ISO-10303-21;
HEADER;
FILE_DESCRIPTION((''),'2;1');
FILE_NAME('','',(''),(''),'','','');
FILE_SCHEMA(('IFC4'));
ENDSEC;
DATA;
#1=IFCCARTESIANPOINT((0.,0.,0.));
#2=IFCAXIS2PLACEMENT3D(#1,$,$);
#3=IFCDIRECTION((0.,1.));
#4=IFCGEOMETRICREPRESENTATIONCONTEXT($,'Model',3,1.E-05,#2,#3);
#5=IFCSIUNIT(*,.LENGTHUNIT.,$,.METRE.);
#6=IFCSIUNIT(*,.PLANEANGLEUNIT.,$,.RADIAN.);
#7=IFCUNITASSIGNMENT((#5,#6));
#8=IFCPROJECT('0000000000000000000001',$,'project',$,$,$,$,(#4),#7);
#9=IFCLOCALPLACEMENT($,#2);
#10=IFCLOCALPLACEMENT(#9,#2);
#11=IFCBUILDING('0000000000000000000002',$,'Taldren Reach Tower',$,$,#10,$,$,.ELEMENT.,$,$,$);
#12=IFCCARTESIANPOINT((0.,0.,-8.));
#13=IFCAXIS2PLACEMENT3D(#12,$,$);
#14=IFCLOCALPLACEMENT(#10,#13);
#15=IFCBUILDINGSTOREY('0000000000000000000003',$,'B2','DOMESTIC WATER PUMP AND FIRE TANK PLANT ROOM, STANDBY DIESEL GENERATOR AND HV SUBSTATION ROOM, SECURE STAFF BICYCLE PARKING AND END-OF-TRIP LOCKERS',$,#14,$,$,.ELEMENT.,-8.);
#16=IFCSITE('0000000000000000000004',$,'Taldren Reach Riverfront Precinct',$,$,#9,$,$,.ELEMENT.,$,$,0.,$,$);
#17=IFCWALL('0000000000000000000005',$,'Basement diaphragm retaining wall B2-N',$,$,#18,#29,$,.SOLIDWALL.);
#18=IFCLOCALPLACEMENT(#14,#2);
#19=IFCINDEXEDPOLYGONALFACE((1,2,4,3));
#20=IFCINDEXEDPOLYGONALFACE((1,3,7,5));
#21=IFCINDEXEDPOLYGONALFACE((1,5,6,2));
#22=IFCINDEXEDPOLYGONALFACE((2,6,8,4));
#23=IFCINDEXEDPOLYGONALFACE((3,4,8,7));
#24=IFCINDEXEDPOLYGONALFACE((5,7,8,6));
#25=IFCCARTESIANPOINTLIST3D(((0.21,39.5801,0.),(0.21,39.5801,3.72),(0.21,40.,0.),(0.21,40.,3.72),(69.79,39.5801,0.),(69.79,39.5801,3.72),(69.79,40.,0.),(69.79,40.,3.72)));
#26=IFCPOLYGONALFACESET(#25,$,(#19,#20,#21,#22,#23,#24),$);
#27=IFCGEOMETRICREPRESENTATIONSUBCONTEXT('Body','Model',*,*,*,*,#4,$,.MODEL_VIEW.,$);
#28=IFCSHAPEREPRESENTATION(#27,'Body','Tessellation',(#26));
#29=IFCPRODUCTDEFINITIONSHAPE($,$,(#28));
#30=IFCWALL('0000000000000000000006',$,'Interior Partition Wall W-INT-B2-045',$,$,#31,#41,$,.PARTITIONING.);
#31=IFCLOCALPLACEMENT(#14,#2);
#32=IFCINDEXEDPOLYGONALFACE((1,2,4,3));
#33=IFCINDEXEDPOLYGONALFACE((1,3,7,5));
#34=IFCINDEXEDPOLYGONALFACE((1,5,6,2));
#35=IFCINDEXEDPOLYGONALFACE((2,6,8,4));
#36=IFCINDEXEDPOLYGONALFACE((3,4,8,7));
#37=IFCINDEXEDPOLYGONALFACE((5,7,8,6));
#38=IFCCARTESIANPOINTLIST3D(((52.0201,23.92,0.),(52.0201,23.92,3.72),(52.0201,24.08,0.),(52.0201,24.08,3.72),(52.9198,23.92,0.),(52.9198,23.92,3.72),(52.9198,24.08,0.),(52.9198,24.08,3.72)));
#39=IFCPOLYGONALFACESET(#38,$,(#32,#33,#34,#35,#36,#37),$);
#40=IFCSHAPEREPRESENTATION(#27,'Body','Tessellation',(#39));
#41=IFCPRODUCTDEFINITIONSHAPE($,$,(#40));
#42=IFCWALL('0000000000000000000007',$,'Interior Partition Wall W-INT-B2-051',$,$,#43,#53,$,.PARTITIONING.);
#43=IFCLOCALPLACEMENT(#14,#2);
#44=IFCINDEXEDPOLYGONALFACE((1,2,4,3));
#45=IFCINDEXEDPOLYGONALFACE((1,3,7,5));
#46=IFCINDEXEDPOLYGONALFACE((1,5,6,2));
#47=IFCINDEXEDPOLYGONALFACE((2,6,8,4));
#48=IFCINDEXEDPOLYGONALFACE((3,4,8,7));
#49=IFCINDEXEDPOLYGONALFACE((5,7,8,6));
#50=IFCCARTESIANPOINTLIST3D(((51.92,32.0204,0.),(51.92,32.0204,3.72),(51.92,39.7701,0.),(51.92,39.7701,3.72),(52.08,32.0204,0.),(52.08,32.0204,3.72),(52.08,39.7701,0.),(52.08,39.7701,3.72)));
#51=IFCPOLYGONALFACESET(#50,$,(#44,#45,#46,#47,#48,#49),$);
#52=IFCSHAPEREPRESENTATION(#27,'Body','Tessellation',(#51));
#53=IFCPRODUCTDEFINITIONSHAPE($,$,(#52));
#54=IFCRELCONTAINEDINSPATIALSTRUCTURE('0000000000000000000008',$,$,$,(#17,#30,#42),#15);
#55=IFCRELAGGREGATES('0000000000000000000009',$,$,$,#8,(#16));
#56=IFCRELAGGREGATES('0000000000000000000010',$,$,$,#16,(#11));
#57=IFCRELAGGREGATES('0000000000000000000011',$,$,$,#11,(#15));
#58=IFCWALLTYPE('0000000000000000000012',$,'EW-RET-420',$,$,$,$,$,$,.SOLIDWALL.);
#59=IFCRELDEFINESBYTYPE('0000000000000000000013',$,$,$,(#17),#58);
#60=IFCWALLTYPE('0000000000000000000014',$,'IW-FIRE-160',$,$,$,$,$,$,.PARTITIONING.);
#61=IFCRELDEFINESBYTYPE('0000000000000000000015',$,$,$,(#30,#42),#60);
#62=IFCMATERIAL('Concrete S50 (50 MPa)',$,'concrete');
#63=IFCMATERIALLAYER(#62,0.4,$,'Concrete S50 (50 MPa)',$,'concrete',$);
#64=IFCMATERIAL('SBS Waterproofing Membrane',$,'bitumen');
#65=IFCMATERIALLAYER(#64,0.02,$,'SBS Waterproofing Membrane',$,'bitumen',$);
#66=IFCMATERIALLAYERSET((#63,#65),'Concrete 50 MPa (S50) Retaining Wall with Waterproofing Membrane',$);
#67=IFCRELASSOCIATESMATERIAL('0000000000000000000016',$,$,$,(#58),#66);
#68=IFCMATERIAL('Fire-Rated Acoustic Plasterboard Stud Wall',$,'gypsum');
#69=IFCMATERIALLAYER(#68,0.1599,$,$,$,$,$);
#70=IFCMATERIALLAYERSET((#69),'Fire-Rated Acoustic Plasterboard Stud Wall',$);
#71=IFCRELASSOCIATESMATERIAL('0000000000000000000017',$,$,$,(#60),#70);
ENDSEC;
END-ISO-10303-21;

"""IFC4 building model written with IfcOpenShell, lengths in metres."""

from ifc_helpers import new_model, si_unit, direction, frame, frame_2d, origin, place, context, subcontext, project, spatial, rectangle, extrude, source, transform, mapped, material, layer, layer_set, type_object, element, save


model = new_model("IFC4")

# Units and contexts
model_context = context("Model", 3, precision=1e-05, world=origin(), true_north=direction((0.0, 1.0)))
body_context = subcontext(model_context, "Body", "Model", "MODEL_VIEW")
ifc_project = project(units=[si_unit("LENGTHUNIT", "METRE"), si_unit("PLANEANGLEUNIT", "RADIAN")], contexts=[model_context])

# Site, building, storey
site_placement = place(None, origin())
site = spatial("IfcSite", under=ifc_project, at=site_placement, Name="Taldren Reach Riverfront Precinct", CompositionType="ELEMENT", RefElevation=0.0)
building_placement = place(site_placement, origin())
building = spatial("IfcBuilding", under=site, at=building_placement, Name="Taldren Reach Tower", CompositionType="ELEMENT")
storey_placement = place(building_placement, frame((0.0, 0.0, -8.0)))
storey = spatial("IfcBuildingStorey", under=building, at=storey_placement, Name="B2", Description="DOMESTIC WATER PUMP AND FIRE TANK PLANT ROOM, STANDBY DIESEL GENERATOR AND HV SUBSTATION ROOM, SECURE STAFF BICYCLE PARKING AND END-OF-TRIP LOCKERS", CompositionType="ELEMENT", Elevation=-8.0)

# Shared definitions
ifc_material_1 = material(Name="Concrete S50 (50 MPa)", Category="concrete")

# Walls
ifc_layer_1 = layer(ifc_material_1, 0.4, Name="Concrete S50 (50 MPa)", Category="concrete")
ifc_material_2 = material(Name="SBS Waterproofing Membrane", Category="bitumen")
ifc_layer_2 = layer(ifc_material_2, 0.02, Name="SBS Waterproofing Membrane", Category="bitumen")
ifc_layer_set_1 = layer_set([ifc_layer_1, ifc_layer_2], Name="Concrete 50 MPa (S50) Retaining Wall with Waterproofing Membrane")
wall_type_1 = type_object("IfcWallType", Name="EW-RET-420", PredefinedType="SOLIDWALL", material=ifc_layer_set_1)
shared_shape_1 = source(origin(), body_context, "Body", "SweptSolid", [
    extrude(rectangle(XDim=69.5801, YDim=0.4199, at=frame_2d((34.79, 0.0))), origin(), (0.0, 0.0, 1.0), 3.72),
])
wall_1_placement = place(storey_placement, frame((69.79, 39.79, 0.0), z_axis=(0.0, 0.0, 1.0), x_axis=(-1.0, 0.0, 0.0)))
element("IfcWall", 1, at=wall_1_placement, inside=storey, type_object=wall_type_1, Name="Basement diaphragm retaining wall B2-N", PredefinedType="SOLIDWALL", context=body_context, shape_type="MappedRepresentation", body=[
    mapped(shared_shape_1, transform((0.0, 0.0, 0.0), scale=1.0)),
])
ifc_material_3 = material(Name="Fire-Rated Acoustic Plasterboard Stud Wall", Category="gypsum")
ifc_layer_3 = layer(ifc_material_3, 0.1599)
ifc_layer_set_2 = layer_set([ifc_layer_3], Name="Fire-Rated Acoustic Plasterboard Stud Wall")
wall_type_2 = type_object("IfcWallType", Name="IW-FIRE-160", PredefinedType="PARTITIONING", material=ifc_layer_set_2)
shared_shape_2 = source(origin(), body_context, "Body", "SweptSolid", [
    extrude(rectangle(XDim=0.8997, YDim=0.1599, at=frame_2d((0.4497, 0.0))), origin(), (0.0, 0.0, 1.0), 3.72),
])
wall_2_placement = place(storey_placement, frame((52.0203, 24.0, 0.0), z_axis=(0.0, 0.0, 1.0), x_axis=(1.0, 0.0, 0.0)))
element("IfcWall", 2, at=wall_2_placement, inside=storey, type_object=wall_type_2, Name="Interior Partition Wall W-INT-B2-045", PredefinedType="PARTITIONING", context=body_context, shape_type="MappedRepresentation", body=[
    mapped(shared_shape_2, transform((0.0, 0.0, 0.0), scale=1.0)),
])
shared_shape_3 = source(origin(), body_context, "Body", "SweptSolid", [
    extrude(rectangle(XDim=7.7498, YDim=0.1599, at=frame_2d((3.875, 0.0))), origin(), (0.0, 0.0, 1.0), 3.72),
])
wall_3_placement = place(storey_placement, frame((52.0, 32.0203, 0.0), z_axis=(0.0, 0.0, 1.0), x_axis=(0.0, 1.0, 0.0)))
element("IfcWall", 3, at=wall_3_placement, inside=storey, type_object=wall_type_2, Name="Interior Partition Wall W-INT-B2-051", PredefinedType="PARTITIONING", context=body_context, shape_type="MappedRepresentation", body=[
    mapped(shared_shape_3, transform((0.0, 0.0, 0.0), scale=1.0)),
])

save(model, "model.ifc")
